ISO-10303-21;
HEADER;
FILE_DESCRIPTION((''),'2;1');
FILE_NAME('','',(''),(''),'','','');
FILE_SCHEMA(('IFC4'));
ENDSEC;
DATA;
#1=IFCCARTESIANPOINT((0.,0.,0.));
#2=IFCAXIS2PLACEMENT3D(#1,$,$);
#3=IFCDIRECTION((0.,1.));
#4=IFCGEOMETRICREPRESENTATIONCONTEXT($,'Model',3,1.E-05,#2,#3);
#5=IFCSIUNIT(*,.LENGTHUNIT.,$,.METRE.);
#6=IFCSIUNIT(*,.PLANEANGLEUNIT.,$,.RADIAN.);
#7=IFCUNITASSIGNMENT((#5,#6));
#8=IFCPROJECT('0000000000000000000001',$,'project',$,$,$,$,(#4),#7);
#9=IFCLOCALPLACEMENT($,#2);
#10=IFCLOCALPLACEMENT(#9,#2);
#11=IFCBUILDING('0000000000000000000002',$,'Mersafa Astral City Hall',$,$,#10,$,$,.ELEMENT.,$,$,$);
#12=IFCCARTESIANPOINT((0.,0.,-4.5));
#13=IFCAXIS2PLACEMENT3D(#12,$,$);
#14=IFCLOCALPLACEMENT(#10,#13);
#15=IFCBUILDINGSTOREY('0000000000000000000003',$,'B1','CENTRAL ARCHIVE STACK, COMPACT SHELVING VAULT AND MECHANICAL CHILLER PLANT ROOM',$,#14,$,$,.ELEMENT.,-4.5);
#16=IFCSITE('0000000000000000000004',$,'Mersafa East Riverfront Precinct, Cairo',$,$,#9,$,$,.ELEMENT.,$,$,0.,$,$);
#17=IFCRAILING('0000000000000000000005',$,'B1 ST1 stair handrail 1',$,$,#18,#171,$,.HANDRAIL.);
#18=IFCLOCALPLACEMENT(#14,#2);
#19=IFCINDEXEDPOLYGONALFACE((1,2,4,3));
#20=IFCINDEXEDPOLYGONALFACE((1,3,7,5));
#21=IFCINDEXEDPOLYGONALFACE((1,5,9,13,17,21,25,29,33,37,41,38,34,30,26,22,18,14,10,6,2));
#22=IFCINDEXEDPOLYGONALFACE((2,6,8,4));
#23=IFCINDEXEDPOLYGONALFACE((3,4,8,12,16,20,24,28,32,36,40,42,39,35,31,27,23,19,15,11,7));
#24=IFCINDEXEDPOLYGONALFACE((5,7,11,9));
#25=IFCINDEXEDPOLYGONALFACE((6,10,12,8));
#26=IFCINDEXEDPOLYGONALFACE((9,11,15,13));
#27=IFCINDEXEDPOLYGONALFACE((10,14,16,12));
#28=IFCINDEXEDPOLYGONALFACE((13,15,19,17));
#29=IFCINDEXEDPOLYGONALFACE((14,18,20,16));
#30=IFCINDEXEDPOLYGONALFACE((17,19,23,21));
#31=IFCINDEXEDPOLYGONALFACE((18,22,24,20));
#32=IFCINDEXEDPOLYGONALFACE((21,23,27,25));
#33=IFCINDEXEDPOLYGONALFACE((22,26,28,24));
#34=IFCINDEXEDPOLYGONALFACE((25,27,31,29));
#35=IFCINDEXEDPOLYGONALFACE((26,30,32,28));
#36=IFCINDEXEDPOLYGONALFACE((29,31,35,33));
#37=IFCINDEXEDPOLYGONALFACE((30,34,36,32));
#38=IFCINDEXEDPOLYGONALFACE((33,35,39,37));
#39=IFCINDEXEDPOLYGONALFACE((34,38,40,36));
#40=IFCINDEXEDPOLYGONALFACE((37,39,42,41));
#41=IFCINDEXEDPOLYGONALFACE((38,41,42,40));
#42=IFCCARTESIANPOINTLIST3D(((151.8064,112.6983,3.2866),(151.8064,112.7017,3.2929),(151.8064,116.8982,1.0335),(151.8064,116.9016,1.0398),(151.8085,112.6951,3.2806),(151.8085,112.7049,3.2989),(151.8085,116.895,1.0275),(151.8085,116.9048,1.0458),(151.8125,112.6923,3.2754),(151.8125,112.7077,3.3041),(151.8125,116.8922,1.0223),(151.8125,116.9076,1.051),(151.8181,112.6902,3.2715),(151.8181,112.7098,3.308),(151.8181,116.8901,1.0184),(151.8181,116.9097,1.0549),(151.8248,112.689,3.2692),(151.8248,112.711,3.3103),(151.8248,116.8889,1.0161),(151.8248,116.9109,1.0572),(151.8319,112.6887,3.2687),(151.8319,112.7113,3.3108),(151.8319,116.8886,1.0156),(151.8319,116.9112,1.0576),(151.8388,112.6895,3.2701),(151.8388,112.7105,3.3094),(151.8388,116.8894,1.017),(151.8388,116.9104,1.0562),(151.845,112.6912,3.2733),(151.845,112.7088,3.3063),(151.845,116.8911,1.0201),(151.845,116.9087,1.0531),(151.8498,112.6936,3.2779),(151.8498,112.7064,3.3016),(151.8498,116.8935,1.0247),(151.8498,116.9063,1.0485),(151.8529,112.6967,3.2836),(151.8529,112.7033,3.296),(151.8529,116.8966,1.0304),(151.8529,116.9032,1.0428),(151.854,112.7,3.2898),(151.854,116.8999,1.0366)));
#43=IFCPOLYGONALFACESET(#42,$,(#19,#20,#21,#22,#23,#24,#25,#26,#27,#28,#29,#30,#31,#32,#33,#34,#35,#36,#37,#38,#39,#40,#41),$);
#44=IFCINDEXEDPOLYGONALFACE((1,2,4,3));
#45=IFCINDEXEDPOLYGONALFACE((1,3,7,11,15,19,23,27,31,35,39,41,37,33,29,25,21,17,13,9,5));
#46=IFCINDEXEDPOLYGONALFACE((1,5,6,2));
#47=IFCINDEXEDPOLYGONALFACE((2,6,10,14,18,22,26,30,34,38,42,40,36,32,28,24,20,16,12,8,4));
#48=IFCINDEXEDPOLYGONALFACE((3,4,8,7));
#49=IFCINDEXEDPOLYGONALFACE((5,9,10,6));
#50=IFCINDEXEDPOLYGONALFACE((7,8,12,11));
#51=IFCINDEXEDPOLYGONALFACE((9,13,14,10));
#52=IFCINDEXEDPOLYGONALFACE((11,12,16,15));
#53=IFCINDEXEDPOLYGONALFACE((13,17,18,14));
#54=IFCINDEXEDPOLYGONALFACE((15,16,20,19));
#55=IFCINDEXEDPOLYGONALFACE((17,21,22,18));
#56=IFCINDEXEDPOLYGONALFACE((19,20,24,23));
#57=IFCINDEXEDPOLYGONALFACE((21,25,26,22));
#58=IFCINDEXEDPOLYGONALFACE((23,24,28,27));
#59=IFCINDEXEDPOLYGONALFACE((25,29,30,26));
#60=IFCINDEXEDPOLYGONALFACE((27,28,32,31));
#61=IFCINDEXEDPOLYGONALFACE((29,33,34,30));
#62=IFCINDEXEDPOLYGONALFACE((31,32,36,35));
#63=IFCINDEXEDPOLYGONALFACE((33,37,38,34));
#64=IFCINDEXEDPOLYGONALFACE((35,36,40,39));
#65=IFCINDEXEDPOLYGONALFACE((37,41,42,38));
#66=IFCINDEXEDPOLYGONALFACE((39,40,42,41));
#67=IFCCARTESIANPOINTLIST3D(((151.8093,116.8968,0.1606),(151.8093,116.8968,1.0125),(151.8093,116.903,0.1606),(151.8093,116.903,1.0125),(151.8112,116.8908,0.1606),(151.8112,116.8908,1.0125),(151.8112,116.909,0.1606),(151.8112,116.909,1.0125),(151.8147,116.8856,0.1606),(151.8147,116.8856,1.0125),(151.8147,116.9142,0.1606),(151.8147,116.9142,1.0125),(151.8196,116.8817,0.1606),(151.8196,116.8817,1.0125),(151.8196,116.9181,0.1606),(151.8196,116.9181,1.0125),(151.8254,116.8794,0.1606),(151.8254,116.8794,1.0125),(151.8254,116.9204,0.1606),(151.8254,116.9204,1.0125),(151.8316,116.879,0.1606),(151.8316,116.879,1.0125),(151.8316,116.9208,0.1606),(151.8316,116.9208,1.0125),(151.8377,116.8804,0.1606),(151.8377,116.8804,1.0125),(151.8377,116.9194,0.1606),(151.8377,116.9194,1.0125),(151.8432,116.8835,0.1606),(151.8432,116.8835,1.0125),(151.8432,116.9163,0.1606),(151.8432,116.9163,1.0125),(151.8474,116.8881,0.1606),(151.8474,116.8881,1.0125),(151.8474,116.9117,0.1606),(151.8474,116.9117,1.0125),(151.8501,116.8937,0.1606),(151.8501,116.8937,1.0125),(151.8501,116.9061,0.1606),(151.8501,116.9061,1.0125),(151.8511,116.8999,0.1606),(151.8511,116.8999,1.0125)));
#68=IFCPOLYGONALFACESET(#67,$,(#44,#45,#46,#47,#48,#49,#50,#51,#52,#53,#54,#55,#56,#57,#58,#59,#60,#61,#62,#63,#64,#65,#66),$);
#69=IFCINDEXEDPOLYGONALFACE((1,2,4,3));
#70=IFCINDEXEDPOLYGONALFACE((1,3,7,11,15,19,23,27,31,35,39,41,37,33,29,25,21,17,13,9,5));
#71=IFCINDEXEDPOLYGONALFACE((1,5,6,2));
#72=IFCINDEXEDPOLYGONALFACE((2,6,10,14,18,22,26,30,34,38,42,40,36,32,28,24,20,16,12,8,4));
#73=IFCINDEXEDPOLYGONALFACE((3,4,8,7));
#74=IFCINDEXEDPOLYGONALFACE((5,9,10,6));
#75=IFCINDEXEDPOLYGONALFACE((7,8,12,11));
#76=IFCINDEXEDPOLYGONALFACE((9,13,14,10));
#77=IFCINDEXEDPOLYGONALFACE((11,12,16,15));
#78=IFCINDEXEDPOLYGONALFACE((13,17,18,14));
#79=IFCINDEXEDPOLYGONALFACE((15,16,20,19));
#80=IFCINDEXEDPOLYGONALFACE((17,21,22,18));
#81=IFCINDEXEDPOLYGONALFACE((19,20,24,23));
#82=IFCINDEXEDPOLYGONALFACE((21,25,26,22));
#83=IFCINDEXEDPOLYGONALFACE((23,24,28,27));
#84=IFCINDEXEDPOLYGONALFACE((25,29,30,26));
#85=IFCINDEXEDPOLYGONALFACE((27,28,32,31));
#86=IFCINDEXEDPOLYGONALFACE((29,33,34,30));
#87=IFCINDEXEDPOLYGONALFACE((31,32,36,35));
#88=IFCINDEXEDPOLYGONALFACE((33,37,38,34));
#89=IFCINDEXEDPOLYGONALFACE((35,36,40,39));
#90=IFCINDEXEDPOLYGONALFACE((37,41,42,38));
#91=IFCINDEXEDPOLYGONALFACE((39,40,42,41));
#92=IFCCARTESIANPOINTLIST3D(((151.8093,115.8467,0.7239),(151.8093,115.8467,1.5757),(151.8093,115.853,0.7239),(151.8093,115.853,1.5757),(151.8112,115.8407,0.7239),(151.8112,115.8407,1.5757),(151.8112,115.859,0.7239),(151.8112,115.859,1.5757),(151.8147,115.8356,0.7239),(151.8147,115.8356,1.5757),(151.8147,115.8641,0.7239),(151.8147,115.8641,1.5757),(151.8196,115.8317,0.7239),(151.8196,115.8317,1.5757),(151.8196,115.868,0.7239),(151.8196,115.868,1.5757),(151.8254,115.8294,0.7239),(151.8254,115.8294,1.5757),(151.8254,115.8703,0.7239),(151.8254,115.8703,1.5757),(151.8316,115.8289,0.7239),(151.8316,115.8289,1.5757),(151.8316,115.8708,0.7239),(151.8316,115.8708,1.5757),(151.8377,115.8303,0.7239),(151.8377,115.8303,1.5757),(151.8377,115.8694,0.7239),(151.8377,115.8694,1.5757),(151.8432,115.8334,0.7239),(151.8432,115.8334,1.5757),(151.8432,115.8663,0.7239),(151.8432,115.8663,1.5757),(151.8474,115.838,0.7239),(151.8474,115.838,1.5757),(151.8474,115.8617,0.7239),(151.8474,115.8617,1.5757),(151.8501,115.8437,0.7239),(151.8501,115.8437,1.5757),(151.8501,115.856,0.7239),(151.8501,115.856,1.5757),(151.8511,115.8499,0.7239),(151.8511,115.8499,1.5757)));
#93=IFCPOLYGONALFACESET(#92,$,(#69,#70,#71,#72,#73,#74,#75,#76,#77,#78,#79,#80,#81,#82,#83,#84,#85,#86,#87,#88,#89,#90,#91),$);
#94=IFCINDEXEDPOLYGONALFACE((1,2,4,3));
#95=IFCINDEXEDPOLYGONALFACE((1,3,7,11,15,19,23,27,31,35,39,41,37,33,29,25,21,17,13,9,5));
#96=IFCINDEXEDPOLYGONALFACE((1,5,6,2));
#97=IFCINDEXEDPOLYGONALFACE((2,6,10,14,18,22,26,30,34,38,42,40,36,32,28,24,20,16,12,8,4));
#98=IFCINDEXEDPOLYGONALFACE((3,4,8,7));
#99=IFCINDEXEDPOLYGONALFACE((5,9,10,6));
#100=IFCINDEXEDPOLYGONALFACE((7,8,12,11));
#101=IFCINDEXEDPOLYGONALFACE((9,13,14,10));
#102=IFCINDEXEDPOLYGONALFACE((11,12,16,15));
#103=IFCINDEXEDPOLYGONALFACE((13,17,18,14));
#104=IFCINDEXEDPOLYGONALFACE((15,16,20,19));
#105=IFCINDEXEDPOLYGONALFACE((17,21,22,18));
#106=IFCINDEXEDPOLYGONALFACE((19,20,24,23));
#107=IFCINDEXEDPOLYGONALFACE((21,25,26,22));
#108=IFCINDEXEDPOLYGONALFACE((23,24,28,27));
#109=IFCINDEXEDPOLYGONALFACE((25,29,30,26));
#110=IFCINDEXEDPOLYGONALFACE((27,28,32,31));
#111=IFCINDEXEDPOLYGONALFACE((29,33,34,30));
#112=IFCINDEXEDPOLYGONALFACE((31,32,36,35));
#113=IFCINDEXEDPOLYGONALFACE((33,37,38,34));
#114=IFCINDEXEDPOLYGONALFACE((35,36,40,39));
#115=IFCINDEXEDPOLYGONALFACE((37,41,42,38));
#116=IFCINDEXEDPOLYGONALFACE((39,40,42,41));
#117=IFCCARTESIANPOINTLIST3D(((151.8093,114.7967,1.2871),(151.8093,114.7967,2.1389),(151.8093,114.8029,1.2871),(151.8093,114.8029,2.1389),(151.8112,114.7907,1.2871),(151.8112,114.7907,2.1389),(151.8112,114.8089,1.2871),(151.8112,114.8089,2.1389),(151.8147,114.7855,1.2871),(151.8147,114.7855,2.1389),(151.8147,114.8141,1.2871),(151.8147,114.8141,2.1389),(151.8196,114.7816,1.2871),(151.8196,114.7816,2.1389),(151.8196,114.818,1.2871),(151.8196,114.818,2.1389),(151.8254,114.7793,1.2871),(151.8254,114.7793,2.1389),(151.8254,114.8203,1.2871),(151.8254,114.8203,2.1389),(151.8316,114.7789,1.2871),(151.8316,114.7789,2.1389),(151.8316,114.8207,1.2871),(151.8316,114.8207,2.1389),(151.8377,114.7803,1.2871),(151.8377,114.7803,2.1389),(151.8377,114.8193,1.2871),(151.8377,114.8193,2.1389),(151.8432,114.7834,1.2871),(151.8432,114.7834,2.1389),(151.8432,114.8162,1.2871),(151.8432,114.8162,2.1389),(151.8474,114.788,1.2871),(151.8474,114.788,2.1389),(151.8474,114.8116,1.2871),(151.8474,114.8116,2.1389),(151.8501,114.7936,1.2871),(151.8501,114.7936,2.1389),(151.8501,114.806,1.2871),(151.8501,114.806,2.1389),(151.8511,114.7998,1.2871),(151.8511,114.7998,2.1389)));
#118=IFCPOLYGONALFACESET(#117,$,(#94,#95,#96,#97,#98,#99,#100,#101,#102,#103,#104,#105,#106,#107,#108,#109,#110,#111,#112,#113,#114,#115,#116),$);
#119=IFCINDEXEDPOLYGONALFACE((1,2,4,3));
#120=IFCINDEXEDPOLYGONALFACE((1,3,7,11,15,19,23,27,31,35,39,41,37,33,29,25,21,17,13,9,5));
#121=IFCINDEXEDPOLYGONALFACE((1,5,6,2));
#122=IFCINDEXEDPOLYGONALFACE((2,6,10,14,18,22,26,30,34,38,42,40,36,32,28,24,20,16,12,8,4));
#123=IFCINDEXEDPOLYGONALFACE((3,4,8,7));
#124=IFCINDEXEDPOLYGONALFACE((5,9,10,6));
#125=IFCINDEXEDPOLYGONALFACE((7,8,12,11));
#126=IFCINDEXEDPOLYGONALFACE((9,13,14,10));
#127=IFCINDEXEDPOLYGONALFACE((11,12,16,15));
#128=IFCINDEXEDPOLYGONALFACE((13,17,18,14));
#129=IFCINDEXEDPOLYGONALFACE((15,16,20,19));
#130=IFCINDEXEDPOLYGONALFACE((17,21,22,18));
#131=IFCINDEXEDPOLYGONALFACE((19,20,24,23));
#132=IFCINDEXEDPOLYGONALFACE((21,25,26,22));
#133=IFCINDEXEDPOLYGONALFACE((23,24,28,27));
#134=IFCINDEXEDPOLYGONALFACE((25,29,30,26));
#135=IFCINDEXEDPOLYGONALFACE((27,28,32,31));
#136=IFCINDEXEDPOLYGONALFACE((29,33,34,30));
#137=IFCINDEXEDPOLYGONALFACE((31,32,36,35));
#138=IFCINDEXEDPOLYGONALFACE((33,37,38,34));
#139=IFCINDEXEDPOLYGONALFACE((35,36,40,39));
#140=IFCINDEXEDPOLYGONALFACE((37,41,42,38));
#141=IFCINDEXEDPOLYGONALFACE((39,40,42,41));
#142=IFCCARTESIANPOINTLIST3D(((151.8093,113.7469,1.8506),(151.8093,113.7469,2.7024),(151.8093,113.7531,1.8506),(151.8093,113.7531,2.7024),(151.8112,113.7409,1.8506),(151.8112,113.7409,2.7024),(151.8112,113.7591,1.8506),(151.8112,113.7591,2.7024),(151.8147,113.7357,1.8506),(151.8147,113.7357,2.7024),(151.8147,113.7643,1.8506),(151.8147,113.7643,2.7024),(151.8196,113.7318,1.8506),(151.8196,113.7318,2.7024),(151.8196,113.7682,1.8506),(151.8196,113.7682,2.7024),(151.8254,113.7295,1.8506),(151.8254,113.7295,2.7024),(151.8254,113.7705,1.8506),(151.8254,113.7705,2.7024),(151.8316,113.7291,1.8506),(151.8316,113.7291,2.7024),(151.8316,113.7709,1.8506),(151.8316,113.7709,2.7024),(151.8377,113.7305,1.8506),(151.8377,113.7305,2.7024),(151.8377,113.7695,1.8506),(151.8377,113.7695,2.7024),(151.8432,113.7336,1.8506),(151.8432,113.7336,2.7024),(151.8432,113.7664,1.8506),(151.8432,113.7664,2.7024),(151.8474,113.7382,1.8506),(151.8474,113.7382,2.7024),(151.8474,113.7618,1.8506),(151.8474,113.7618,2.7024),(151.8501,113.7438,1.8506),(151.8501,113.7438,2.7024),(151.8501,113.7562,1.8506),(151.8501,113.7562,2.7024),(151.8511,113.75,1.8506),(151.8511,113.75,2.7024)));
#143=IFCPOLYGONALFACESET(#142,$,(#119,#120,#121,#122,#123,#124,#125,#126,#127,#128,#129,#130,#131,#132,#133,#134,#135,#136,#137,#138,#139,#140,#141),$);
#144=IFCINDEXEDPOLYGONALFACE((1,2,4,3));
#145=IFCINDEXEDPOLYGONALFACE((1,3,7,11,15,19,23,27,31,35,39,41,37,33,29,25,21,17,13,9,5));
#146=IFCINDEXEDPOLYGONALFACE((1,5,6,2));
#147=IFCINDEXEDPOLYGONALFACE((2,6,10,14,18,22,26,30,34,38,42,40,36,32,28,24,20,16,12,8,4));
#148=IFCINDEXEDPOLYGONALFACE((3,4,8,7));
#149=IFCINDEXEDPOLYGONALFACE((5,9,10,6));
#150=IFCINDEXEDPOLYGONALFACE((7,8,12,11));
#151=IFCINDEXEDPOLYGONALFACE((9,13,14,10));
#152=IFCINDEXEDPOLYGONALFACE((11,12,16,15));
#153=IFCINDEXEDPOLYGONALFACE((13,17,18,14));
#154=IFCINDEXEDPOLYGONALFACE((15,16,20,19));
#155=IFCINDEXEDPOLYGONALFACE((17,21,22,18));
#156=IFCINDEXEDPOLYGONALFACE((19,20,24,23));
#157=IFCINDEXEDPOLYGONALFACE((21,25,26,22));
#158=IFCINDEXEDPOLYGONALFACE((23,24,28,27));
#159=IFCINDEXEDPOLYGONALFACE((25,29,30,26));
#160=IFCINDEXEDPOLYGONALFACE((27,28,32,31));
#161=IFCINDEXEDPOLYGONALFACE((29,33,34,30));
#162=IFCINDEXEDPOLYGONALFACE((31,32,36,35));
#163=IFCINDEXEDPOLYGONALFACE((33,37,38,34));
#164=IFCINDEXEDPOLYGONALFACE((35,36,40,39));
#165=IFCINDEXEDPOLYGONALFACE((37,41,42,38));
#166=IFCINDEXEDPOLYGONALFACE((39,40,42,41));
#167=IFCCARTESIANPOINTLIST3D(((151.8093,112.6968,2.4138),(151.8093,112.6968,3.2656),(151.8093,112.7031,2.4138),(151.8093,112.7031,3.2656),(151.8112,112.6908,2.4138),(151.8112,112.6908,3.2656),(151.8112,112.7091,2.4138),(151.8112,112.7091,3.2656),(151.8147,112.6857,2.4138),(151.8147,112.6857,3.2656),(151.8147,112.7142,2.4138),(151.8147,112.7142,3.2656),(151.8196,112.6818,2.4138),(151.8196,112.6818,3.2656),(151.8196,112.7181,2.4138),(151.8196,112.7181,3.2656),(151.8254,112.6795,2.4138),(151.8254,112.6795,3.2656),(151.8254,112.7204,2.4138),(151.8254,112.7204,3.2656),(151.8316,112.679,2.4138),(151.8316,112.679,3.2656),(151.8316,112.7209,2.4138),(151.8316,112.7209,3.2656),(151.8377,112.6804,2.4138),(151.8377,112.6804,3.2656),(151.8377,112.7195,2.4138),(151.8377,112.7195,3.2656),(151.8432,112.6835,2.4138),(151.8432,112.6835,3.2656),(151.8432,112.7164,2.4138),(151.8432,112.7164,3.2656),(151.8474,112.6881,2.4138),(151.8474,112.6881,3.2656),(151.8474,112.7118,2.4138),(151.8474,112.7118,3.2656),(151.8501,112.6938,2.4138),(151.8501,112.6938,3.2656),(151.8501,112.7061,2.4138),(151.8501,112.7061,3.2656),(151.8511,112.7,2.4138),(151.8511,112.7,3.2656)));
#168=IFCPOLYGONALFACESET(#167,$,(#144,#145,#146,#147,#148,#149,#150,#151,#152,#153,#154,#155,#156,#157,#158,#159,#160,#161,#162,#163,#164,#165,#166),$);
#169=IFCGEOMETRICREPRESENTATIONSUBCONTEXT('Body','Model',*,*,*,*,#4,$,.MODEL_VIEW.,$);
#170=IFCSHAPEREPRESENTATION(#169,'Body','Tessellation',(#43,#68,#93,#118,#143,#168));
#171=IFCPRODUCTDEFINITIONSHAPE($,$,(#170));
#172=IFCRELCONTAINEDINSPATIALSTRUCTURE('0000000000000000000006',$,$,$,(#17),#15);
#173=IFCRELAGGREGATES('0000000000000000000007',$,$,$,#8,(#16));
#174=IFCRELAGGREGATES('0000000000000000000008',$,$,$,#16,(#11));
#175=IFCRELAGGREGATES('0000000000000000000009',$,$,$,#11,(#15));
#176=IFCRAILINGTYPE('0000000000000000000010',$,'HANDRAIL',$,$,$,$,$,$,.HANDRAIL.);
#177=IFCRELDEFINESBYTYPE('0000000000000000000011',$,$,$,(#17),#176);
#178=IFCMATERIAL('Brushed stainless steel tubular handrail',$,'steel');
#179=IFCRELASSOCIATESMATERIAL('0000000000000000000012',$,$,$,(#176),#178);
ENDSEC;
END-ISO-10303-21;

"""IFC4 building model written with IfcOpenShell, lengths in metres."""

from ifc_helpers import new_model, si_unit, direction, frame, origin, origin_2d, place, context, subcontext, project, spatial, circle, extrude, material, type_object, element, save


model = new_model("IFC4")

# Units and contexts
model_context = context("Model", 3, precision=1e-05, world=origin(), true_north=direction((0.0, 1.0)))
body_context = subcontext(model_context, "Body", "Model", "MODEL_VIEW")
ifc_project = project(units=[si_unit("LENGTHUNIT", "METRE"), si_unit("PLANEANGLEUNIT", "RADIAN")], contexts=[model_context])

# Site, building, storey
site_placement = place(None, origin())
site = spatial("IfcSite", under=ifc_project, at=site_placement, Name="Mersafa East Riverfront Precinct, Cairo", CompositionType="ELEMENT", RefElevation=0.0)
building_placement = place(site_placement, origin())
building = spatial("IfcBuilding", under=site, at=building_placement, Name="Mersafa Astral City Hall", CompositionType="ELEMENT")
storey_placement = place(building_placement, frame((0.0, 0.0, -4.5)))
storey = spatial("IfcBuildingStorey", under=building, at=storey_placement, Name="B1", Description="CENTRAL ARCHIVE STACK, COMPACT SHELVING VAULT AND MECHANICAL CHILLER PLANT ROOM", CompositionType="ELEMENT", Elevation=-4.5)

# Railing
ifc_material_1 = material(Name="Brushed stainless steel tubular handrail", Category="steel")
railing_type = type_object("IfcRailingType", Name="HANDRAIL", PredefinedType="HANDRAIL", material=ifc_material_1)
railing_placement = place(storey_placement, frame((151.8301, 116.8999, 0.1606)))
element("IfcRailing", 1, at=railing_placement, inside=storey, type_object=railing_type, Name="B1 ST1 stair handrail 1", PredefinedType="HANDRAIL", context=body_context, shape_type="SweptSolid", body=[
    extrude(circle(Radius=0.0239, at=origin_2d()), frame((0.0, 0.0, 0.876), z_axis=(0.0, -0.8812, 0.472743), x_axis=(1.0, 0.0, 0.0)), (0.0, 0.0, 1.0), 4.7661),
    extrude(circle(Radius=0.021, at=origin_2d()), origin(), (0.0, 0.0, 1.0), 0.8518),
    extrude(circle(Radius=0.021, at=origin_2d()), frame((0.0, -1.05, 0.5632)), (0.0, 0.0, 1.0), 0.8518),
    extrude(circle(Radius=0.021, at=origin_2d()), frame((0.0, -2.1001, 1.1265)), (0.0, 0.0, 1.0), 0.8518),
    extrude(circle(Radius=0.021, at=origin_2d()), frame((0.0, -3.1499, 1.6899)), (0.0, 0.0, 1.0), 0.8518),
    extrude(circle(Radius=0.021, at=origin_2d()), frame((0.0, -4.2, 2.2532)), (0.0, 0.0, 1.0), 0.8518),
])

save(model, "model.ifc")
